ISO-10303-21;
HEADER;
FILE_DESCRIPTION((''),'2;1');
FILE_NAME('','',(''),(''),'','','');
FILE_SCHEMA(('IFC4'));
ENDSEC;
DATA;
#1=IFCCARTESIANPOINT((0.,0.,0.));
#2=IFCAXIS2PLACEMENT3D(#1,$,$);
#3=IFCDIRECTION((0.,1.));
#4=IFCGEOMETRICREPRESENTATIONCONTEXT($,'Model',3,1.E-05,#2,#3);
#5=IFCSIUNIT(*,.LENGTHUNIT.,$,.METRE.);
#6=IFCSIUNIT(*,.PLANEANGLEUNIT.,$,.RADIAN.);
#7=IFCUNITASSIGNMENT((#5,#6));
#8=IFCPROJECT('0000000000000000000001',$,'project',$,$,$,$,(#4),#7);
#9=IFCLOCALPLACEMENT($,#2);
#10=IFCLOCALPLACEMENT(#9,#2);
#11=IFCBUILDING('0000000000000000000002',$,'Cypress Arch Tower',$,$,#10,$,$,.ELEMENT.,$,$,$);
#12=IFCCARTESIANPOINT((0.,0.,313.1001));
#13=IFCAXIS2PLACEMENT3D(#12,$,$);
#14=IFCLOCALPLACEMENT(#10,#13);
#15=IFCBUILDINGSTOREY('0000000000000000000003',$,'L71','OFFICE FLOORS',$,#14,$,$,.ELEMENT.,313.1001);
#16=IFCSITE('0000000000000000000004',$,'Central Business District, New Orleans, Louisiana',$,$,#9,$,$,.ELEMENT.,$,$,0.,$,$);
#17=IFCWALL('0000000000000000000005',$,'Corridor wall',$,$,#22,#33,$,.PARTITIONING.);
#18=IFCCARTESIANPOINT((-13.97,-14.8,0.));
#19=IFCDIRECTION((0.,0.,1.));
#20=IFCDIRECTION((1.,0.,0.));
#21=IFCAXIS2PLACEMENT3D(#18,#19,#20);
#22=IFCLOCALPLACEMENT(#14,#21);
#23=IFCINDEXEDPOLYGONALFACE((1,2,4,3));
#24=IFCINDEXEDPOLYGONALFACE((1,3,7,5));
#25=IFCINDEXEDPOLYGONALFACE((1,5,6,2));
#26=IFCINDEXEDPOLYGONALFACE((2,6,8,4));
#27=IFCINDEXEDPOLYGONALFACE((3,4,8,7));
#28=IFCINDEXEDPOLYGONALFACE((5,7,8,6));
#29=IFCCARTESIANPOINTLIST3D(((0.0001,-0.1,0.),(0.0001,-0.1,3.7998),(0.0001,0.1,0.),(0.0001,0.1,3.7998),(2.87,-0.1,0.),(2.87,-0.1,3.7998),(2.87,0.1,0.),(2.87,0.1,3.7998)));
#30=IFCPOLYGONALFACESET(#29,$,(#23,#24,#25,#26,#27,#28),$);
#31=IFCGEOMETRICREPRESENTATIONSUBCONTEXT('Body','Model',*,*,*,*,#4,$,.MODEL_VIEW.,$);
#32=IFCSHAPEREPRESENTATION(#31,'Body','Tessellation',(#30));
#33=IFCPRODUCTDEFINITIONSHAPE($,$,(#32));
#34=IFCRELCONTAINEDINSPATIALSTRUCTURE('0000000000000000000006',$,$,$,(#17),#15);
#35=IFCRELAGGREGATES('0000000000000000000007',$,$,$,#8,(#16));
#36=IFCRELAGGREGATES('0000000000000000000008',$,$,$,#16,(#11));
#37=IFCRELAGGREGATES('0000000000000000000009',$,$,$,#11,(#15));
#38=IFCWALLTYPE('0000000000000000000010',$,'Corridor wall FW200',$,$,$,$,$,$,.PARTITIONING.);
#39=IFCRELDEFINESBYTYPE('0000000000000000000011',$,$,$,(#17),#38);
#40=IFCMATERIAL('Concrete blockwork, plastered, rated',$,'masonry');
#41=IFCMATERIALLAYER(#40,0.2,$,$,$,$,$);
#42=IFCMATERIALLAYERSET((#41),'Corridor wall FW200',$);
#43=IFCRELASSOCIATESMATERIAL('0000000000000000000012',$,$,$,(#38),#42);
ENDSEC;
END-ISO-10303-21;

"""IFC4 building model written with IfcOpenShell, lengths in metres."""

from ifc_helpers import new_model, si_unit, direction, frame, frame_2d, origin, place, context, subcontext, project, spatial, rectangle, extrude, material, layer, layer_set, type_object, element, save


model = new_model("IFC4")

# Units and contexts
model_context = context("Model", 3, precision=1e-05, world=origin(), true_north=direction((0.0, 1.0)))
body_context = subcontext(model_context, "Body", "Model", "MODEL_VIEW")
ifc_project = project(units=[si_unit("LENGTHUNIT", "METRE"), si_unit("PLANEANGLEUNIT", "RADIAN")], contexts=[model_context])

# Site, building, storey
site_placement = place(None, origin())
site = spatial("IfcSite", under=ifc_project, at=site_placement, Name="Central Business District, New Orleans, Louisiana", CompositionType="ELEMENT", RefElevation=0.0)
building_placement = place(site_placement, origin())
building = spatial("IfcBuilding", under=site, at=building_placement, Name="Cypress Arch Tower", CompositionType="ELEMENT")
storey_placement = place(building_placement, frame((0.0, 0.0, 313.1001)))
storey = spatial("IfcBuildingStorey", under=building, at=storey_placement, Name="L71", Description="OFFICE FLOORS", CompositionType="ELEMENT", Elevation=313.1001)

# Wall
ifc_material_1 = material(Name="Concrete blockwork, plastered, rated", Category="masonry")
ifc_layer_1 = layer(ifc_material_1, 0.2)
ifc_layer_set_1 = layer_set([ifc_layer_1], Name="Corridor wall FW200")
wall_type_1 = type_object("IfcWallType", Name="Corridor wall FW200", PredefinedType="PARTITIONING", material=ifc_layer_set_1)
wall_1_placement = place(storey_placement, frame((-13.97, -14.8, 0.0), z_axis=(0.0, 0.0, 1.0), x_axis=(1.0, 0.0, 0.0)))
element("IfcWall", 1, at=wall_1_placement, inside=storey, type_object=wall_type_1, Name="Corridor wall", PredefinedType="PARTITIONING", context=body_context, shape_type="SweptSolid", body=[
    extrude(rectangle(XDim=2.8699, YDim=0.2, at=frame_2d((1.4351, 0.0))), origin(), (0.0, 0.0, 1.0), 3.7998),
])

save(model, "model.ifc")
